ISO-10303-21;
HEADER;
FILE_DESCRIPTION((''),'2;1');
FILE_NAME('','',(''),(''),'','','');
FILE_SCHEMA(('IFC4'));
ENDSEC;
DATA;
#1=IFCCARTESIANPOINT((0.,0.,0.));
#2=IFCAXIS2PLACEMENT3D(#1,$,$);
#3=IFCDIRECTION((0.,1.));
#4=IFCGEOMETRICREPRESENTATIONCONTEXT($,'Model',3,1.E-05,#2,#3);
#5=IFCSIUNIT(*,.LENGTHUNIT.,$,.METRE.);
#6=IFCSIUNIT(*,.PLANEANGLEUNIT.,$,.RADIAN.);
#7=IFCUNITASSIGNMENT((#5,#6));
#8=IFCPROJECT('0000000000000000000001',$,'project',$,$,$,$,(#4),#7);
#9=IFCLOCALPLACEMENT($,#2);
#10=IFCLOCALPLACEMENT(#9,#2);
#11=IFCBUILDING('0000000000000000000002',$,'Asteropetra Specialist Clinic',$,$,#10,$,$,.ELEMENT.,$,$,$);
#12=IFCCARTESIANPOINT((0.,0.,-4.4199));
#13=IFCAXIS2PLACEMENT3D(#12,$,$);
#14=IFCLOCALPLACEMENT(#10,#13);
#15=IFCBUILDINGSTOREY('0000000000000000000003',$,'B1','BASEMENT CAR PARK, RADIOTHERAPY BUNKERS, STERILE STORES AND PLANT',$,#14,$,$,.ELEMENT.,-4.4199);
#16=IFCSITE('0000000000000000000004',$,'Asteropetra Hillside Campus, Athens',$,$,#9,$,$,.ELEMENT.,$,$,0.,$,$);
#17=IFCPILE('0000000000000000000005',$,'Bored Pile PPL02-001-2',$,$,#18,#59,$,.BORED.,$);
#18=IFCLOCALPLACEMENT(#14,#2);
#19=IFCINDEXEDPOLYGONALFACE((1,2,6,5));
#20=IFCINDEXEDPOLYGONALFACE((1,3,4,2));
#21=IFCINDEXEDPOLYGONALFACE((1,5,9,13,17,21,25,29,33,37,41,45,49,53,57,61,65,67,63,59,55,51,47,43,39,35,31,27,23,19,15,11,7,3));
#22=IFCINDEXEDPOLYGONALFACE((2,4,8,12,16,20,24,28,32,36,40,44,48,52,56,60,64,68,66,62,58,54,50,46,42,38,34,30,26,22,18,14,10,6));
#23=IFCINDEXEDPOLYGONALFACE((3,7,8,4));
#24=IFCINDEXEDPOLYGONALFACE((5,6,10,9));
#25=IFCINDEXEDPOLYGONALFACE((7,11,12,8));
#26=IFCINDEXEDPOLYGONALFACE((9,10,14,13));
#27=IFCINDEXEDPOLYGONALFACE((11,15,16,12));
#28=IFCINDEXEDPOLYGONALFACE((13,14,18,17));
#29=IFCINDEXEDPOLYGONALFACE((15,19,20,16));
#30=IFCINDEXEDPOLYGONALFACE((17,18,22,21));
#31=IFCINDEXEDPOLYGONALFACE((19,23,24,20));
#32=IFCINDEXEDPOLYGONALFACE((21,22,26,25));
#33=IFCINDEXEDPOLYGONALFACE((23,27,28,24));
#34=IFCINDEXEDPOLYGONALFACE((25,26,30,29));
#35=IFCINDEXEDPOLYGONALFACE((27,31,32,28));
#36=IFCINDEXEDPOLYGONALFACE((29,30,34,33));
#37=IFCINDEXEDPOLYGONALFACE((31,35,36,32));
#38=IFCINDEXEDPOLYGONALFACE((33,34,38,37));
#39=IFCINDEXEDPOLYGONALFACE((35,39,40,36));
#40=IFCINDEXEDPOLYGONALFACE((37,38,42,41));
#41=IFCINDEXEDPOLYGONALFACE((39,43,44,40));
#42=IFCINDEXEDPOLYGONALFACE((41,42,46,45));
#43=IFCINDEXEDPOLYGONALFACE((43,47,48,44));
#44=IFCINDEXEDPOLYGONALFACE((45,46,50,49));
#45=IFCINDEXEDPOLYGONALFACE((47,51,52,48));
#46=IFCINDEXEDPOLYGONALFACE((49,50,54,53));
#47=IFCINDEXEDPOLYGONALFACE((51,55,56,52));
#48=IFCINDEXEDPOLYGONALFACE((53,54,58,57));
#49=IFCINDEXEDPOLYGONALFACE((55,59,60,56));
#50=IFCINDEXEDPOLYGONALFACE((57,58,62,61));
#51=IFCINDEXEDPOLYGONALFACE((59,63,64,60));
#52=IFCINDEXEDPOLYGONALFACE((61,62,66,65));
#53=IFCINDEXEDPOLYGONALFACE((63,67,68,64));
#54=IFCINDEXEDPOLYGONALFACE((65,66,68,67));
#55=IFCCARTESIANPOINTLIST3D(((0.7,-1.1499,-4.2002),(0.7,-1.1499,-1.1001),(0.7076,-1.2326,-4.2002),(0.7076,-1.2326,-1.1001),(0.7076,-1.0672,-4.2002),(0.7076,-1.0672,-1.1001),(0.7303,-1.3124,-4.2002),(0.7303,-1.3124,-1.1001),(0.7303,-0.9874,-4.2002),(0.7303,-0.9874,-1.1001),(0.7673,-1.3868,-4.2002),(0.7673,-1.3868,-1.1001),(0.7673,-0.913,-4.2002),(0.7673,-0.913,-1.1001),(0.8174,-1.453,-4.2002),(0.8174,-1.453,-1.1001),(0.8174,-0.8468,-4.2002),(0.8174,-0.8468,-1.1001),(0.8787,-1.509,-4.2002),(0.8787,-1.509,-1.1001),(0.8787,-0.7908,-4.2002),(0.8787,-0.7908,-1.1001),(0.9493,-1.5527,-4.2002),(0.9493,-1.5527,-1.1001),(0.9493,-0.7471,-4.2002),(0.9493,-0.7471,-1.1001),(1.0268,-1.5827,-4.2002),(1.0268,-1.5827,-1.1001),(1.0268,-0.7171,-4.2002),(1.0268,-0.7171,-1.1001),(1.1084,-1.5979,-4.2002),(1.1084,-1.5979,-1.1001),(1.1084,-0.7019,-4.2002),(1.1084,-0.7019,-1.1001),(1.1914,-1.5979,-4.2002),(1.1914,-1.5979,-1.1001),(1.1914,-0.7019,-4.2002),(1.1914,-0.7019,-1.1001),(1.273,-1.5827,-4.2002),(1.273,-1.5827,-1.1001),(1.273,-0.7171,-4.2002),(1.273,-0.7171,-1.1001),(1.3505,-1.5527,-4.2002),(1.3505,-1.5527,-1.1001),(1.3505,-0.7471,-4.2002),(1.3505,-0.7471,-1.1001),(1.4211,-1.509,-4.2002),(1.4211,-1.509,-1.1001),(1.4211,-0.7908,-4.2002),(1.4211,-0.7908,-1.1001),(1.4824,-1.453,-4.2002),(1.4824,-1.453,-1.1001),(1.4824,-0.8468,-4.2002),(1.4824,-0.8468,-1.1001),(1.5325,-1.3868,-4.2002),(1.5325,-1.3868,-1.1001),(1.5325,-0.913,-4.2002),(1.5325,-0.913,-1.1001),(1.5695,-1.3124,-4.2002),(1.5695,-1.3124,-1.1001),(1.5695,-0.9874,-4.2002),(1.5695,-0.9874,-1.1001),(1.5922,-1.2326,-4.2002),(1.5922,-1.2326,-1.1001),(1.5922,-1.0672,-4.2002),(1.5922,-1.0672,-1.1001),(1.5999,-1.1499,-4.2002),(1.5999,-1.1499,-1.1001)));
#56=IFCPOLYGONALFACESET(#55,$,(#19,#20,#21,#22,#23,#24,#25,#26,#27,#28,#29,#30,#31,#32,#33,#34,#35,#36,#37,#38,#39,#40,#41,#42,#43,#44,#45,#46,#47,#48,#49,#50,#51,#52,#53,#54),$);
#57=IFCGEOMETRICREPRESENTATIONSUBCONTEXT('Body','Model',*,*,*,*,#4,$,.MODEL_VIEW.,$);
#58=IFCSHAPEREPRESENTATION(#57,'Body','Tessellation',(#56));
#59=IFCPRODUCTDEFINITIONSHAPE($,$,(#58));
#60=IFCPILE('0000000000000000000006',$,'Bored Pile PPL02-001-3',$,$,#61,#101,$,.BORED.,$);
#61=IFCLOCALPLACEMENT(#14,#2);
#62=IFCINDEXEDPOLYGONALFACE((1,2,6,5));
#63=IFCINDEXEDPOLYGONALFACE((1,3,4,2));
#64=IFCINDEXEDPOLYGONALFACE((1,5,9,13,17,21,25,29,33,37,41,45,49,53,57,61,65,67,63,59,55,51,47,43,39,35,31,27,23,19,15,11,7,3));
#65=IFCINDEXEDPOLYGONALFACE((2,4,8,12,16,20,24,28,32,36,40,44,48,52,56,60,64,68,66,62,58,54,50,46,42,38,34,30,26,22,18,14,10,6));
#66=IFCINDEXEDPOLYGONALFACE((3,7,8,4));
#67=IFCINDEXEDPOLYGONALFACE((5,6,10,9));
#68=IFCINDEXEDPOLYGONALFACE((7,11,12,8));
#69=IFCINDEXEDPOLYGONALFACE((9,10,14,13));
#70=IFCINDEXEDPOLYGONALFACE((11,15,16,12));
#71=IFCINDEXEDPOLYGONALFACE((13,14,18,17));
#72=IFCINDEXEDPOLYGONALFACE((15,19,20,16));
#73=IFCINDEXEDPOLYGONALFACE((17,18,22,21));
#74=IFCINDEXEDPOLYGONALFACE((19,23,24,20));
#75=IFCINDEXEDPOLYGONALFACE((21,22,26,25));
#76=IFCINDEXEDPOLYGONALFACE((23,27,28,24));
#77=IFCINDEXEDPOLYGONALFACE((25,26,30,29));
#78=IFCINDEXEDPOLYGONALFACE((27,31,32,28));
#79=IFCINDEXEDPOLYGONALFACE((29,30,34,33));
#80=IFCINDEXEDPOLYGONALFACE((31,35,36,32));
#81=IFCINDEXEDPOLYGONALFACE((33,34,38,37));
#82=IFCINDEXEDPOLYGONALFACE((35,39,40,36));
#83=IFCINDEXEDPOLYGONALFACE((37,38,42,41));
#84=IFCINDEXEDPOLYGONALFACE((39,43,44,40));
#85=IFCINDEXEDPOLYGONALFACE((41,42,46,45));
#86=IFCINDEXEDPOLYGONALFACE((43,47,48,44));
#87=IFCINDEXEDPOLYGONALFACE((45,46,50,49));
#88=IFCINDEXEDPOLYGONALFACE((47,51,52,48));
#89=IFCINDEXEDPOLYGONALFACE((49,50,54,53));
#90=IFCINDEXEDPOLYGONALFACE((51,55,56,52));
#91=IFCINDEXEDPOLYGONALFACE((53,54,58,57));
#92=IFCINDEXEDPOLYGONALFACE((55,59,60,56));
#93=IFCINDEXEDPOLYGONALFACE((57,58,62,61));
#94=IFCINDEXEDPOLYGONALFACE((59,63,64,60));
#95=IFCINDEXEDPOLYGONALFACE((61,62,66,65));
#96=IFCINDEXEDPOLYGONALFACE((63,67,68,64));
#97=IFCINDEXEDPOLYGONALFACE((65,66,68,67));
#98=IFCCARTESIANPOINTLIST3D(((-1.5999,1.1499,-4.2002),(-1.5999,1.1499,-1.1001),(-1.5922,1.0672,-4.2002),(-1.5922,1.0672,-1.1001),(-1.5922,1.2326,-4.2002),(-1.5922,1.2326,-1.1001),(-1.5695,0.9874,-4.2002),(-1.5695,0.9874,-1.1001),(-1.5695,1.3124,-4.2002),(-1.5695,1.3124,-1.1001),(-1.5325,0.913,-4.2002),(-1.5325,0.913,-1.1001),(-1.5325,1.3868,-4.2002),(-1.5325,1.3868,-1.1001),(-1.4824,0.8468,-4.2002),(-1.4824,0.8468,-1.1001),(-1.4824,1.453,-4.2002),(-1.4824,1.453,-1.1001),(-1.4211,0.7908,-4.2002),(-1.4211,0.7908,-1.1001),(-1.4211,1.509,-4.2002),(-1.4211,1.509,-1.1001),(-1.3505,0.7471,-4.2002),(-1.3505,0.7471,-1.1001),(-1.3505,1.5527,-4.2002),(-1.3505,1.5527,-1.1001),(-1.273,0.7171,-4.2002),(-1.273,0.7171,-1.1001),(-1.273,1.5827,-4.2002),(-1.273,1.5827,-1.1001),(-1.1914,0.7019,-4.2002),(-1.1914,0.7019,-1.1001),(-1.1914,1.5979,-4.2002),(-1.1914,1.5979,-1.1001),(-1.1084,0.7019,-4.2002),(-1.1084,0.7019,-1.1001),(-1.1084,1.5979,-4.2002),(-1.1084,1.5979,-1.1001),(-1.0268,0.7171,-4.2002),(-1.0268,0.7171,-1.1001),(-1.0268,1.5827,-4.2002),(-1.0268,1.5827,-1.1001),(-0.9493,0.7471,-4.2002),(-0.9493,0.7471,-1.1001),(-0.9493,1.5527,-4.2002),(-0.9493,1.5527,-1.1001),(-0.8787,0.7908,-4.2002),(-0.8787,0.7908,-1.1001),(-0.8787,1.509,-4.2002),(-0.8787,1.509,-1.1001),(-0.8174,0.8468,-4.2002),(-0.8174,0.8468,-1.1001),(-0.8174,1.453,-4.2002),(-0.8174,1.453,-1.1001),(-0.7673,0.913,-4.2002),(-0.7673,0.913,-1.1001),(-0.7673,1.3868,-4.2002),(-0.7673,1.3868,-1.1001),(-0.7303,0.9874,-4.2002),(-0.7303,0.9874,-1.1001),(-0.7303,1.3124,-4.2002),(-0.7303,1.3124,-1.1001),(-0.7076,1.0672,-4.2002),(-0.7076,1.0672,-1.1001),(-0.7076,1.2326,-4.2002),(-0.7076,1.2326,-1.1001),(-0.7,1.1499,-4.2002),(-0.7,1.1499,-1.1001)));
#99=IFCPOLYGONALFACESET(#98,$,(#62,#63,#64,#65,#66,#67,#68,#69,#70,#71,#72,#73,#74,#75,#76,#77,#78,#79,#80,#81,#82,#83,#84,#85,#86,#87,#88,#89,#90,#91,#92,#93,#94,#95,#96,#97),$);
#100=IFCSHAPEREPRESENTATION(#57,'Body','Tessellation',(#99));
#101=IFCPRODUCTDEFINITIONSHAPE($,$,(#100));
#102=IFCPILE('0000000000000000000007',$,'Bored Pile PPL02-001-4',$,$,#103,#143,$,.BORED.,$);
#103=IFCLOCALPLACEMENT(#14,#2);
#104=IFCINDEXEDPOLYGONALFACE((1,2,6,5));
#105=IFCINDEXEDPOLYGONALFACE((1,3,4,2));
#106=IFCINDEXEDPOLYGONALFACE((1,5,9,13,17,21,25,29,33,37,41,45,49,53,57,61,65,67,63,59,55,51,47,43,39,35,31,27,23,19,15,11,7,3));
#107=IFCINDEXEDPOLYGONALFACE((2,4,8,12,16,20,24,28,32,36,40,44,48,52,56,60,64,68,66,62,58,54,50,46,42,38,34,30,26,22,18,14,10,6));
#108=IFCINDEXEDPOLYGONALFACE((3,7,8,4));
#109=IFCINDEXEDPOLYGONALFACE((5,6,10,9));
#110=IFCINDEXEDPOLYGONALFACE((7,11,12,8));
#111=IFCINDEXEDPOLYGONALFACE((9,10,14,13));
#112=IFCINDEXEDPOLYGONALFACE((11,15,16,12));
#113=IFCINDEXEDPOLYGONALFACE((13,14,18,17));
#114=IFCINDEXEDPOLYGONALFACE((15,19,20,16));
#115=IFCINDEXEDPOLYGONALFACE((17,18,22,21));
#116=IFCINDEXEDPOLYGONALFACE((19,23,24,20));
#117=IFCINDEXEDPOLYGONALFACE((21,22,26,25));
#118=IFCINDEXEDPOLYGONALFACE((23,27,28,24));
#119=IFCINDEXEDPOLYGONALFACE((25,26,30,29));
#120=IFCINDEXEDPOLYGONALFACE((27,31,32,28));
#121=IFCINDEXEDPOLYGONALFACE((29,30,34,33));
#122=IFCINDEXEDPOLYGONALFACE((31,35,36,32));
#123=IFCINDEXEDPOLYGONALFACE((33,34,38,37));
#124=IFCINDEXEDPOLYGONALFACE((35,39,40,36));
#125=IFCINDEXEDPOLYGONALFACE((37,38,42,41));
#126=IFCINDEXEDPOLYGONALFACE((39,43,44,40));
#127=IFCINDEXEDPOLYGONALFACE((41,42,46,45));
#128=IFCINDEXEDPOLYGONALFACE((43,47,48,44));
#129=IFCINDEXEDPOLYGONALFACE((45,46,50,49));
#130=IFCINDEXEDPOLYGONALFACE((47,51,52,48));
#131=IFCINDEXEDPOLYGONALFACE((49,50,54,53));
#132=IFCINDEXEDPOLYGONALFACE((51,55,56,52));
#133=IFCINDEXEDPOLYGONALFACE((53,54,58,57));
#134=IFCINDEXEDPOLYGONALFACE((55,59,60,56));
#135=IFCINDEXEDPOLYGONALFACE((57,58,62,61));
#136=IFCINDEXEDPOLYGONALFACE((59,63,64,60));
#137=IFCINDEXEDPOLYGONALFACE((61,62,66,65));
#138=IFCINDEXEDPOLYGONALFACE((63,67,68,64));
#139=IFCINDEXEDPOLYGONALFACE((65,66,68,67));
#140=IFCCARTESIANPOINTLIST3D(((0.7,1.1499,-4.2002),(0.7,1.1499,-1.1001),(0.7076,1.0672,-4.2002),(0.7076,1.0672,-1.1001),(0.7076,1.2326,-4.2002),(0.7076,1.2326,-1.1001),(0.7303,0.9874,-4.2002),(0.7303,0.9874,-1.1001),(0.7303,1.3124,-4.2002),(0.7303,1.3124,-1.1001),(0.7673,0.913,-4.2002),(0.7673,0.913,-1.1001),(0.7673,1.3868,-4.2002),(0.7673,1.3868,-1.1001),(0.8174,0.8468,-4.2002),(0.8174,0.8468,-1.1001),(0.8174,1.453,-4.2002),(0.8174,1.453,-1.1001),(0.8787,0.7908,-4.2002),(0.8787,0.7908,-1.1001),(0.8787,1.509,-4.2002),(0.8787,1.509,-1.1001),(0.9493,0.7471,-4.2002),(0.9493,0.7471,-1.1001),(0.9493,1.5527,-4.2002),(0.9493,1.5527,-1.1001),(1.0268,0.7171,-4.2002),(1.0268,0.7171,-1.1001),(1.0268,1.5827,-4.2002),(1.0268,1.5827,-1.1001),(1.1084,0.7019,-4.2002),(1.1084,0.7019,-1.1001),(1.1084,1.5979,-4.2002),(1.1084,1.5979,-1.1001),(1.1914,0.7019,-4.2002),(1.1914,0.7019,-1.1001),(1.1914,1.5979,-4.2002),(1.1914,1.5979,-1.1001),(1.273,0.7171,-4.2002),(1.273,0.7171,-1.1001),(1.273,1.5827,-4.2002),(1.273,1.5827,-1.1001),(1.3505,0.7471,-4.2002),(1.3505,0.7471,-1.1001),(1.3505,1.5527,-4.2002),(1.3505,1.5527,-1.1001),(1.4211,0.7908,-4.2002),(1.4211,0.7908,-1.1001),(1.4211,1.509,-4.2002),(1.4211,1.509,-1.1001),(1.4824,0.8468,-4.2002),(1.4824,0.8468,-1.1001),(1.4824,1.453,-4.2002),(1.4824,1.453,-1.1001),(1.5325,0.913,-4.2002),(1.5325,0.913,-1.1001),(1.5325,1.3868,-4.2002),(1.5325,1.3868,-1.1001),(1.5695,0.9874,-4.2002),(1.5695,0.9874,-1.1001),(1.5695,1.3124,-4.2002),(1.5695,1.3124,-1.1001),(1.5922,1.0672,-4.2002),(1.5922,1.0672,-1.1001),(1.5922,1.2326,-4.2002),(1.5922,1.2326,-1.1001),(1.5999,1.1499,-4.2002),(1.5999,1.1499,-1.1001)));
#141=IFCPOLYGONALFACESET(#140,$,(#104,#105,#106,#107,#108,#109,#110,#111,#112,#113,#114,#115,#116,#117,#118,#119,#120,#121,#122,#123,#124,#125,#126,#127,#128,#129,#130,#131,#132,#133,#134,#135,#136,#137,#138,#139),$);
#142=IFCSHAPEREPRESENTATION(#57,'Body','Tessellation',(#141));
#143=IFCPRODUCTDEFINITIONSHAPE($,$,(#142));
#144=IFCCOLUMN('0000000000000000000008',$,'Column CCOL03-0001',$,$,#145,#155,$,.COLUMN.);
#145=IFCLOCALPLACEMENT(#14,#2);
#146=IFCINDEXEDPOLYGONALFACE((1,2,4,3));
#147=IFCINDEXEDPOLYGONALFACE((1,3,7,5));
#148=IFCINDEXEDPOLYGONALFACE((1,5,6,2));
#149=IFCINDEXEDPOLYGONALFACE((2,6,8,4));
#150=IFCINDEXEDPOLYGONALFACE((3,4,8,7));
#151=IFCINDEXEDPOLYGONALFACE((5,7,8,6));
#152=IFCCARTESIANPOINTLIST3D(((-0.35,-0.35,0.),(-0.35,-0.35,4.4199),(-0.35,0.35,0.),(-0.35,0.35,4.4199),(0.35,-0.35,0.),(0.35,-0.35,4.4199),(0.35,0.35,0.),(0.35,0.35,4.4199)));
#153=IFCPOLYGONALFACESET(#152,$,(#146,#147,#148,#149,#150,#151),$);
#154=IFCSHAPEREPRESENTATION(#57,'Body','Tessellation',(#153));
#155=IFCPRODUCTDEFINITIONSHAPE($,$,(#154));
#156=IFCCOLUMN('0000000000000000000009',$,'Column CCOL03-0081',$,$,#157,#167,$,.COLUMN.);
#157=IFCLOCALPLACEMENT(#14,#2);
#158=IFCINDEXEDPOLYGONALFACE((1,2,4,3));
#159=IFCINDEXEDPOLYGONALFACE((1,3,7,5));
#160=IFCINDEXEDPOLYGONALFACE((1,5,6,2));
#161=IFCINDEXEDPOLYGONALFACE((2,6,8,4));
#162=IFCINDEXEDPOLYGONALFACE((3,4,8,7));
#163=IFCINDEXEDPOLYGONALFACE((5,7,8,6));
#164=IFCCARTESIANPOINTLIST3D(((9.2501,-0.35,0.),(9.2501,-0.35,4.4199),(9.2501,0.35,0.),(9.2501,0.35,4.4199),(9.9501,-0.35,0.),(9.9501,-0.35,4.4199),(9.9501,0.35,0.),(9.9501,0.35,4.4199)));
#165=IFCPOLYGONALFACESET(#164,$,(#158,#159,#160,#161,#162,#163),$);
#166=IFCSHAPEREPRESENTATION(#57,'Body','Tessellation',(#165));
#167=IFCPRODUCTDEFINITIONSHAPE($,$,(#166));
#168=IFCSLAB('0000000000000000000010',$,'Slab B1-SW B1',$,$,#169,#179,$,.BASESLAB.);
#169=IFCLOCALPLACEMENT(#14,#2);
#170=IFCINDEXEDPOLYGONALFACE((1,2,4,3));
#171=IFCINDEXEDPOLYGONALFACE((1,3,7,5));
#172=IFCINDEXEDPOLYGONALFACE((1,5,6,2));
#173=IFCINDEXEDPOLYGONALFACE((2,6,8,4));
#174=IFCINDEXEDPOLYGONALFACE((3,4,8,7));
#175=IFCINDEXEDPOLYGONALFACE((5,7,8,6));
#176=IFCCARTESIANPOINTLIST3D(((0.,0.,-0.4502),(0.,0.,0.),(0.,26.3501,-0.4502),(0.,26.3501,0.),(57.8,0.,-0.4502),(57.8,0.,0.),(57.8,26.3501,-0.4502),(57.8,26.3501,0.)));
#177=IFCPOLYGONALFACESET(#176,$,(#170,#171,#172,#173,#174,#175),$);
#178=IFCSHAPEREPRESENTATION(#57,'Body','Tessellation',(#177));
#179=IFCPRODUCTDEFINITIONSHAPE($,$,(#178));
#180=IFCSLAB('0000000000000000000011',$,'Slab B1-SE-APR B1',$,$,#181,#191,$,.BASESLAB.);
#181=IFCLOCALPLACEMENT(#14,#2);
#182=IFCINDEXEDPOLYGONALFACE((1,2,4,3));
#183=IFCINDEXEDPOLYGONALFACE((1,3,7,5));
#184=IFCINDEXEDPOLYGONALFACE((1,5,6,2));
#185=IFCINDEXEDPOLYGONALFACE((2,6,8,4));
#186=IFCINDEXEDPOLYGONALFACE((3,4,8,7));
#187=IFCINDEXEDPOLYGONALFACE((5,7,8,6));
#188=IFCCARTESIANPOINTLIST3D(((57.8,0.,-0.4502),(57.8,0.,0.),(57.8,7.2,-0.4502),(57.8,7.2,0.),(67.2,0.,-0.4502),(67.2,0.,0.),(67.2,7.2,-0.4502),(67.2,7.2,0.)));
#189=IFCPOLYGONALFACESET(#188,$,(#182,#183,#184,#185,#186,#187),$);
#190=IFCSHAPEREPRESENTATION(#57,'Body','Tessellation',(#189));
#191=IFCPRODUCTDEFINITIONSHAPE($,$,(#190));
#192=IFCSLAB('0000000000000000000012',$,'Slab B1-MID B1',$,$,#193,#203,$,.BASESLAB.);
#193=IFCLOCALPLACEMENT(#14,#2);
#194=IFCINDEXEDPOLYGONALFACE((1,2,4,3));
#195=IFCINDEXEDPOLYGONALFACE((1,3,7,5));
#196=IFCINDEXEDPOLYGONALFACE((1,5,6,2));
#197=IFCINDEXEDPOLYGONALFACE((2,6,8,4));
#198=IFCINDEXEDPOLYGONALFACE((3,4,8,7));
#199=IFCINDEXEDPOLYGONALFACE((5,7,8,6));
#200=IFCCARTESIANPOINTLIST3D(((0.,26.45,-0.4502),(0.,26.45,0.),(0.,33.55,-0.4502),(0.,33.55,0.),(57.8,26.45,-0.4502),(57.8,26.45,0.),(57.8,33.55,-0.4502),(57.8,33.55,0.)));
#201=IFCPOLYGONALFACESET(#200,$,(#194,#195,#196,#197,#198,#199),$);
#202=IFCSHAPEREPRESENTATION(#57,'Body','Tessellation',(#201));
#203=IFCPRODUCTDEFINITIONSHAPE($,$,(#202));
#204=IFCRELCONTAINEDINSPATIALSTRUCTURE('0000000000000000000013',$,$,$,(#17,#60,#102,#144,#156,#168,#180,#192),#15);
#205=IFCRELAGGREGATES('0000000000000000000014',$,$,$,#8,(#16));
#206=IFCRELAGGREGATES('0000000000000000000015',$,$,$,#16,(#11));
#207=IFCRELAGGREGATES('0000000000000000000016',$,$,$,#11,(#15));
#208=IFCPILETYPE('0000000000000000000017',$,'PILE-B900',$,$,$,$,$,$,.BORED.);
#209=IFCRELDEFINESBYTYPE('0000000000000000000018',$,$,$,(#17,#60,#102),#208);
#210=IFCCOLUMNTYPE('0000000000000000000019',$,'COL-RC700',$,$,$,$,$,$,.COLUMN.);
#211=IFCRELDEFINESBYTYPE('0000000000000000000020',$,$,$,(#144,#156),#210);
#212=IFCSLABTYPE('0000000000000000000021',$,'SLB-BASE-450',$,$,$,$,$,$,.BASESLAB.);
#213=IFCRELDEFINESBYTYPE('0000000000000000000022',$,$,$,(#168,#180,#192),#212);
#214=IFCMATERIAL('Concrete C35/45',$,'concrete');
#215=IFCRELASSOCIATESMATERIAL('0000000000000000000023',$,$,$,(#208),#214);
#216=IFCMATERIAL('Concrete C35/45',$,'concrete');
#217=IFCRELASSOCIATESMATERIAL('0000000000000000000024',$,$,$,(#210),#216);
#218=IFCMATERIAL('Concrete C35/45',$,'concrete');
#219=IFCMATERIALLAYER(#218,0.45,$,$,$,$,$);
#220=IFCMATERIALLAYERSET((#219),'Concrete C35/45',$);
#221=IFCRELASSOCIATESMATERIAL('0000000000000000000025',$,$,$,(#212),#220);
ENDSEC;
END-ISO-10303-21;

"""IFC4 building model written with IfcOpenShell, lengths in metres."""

from ifc_helpers import new_model, si_unit, direction, frame, origin, origin_2d, place, context, subcontext, project, spatial, polyline, rectangle, circle, outline, extrude, material, layer, layer_set, material_profile, profile_set, type_object, element, save


model = new_model("IFC4")

# Units and contexts
model_context = context("Model", 3, precision=1e-05, world=origin(), true_north=direction((0.0, 1.0)))
body_context = subcontext(model_context, "Body", "Model", "MODEL_VIEW")
ifc_project = project(units=[si_unit("LENGTHUNIT", "METRE"), si_unit("PLANEANGLEUNIT", "RADIAN")], contexts=[model_context])

# Site, building, storey
site_placement = place(None, origin())
site = spatial("IfcSite", under=ifc_project, at=site_placement, Name="Asteropetra Hillside Campus, Athens", CompositionType="ELEMENT", RefElevation=0.0)
building_placement = place(site_placement, origin())
building = spatial("IfcBuilding", under=site, at=building_placement, Name="Asteropetra Specialist Clinic", CompositionType="ELEMENT")
storey_placement = place(building_placement, frame((0.0, 0.0, -4.4199)))
storey = spatial("IfcBuildingStorey", under=building, at=storey_placement, Name="B1", Description="BASEMENT CAR PARK, RADIOTHERAPY BUNKERS, STERILE STORES AND PLANT", CompositionType="ELEMENT", Elevation=-4.4199)

# Piles
ifc_material_1 = material(Name="Concrete C35/45", Category="concrete")
ifc_material_profile_1 = material_profile(ifc_material_1, circle(Radius=0.45, at=origin_2d()), Name="PILE D900")
ifc_profile_set_1 = profile_set([ifc_material_profile_1], Name="Concrete C35/45")
pile_type_1 = type_object("IfcPileType", Name="PILE-B900", PredefinedType="BORED", material=ifc_profile_set_1)
for number, where, z_axis, x_axis, name in (
    (1, (1.1499, -1.1499, -1.1001), (0.0, 0.0, -1.0), (1.0, 0.0, 0.0), "Bored Pile PPL02-001-2"),
    (2, (-1.1499, 1.1499, -1.1001), (0.0, 0.0, -1.0), (1.0, 0.0, 0.0), "Bored Pile PPL02-001-3"),
    (3, (1.1499, 1.1499, -1.1001), (0.0, 0.0, -1.0), (1.0, 0.0, 0.0), "Bored Pile PPL02-001-4"),
):
    element("IfcPile", number, at=place(storey_placement, frame(where, z_axis=z_axis, x_axis=x_axis)), inside=storey, type_object=pile_type_1, Name=name, PredefinedType="BORED", context=body_context, shape_type="SweptSolid", body=[
        extrude(circle(Radius=0.45, at=origin_2d()), origin(), (0.0, 0.0, 1.0), 3.1001),
    ])

# Columns
ifc_material_2 = material(Name="Concrete C35/45", Category="concrete")
ifc_material_profile_2 = material_profile(ifc_material_2, rectangle(XDim=0.7, YDim=0.7, at=origin_2d()), Name="RC 700x700")
ifc_profile_set_2 = profile_set([ifc_material_profile_2], Name="Concrete C35/45")
column_type = type_object("IfcColumnType", Name="COL-RC700", PredefinedType="COLUMN", material=ifc_profile_set_2)
for number, where, z_axis, x_axis, name in (
    (4, (0.0, 0.0, 0.0), (0.0, 0.0, 1.0), (1.0, 0.0, 0.0), "Column CCOL03-0001"),
    (5, (9.6001, 0.0, 0.0), (0.0, 0.0, 1.0), (1.0, 0.0, 0.0), "Column CCOL03-0081"),
):
    element("IfcColumn", number, at=place(storey_placement, frame(where, z_axis=z_axis, x_axis=x_axis)), inside=storey, type_object=column_type, Name=name, PredefinedType="COLUMN", context=body_context, shape_type="SweptSolid", body=[
        extrude(rectangle(XDim=0.7, YDim=0.7, at=origin_2d()), origin(), (0.0, 0.0, 1.0), 4.4199),
    ])

# Slabs
ifc_material_3 = material(Name="Concrete C35/45", Category="concrete")
ifc_layer_1 = layer(ifc_material_3, 0.45)
ifc_layer_set_1 = layer_set([ifc_layer_1], Name="Concrete C35/45")
slab_type_1 = type_object("IfcSlabType", Name="SLB-BASE-450", PredefinedType="BASESLAB", material=ifc_layer_set_1)
slab_1_placement = place(storey_placement, frame((0.0, 0.0, -0.4502)))
element("IfcSlab", 6, at=slab_1_placement, inside=storey, type_object=slab_type_1, Name="Slab B1-SW B1", PredefinedType="BASESLAB", context=body_context, shape_type="SweptSolid", body=[
    extrude(outline(polyline([(0.0, 0.0), (57.8, 0.0), (57.8, 26.3501), (0.0, 26.3501), (0.0, 0.0)])), origin(), (0.0, 0.0, 1.0), 0.4502),
])
slab_2_placement = place(storey_placement, frame((0.0, 0.0, -0.4502)))
element("IfcSlab", 7, at=slab_2_placement, inside=storey, type_object=slab_type_1, Name="Slab B1-SE-APR B1", PredefinedType="BASESLAB", context=body_context, shape_type="SweptSolid", body=[
    extrude(outline(polyline([(57.8, 0.0), (67.2, 0.0), (67.2, 7.2), (57.8, 7.2), (57.8, 0.0)])), origin(), (0.0, 0.0, 1.0), 0.4502),
])
slab_3_placement = place(storey_placement, frame((0.0, 0.0, -0.4502)))
element("IfcSlab", 8, at=slab_3_placement, inside=storey, type_object=slab_type_1, Name="Slab B1-MID B1", PredefinedType="BASESLAB", context=body_context, shape_type="SweptSolid", body=[
    extrude(outline(polyline([(0.0, 26.45), (57.8, 26.45), (57.8, 33.55), (0.0, 33.55), (0.0, 26.45)])), origin(), (0.0, 0.0, 1.0), 0.4502),
])

save(model, "model.ifc")
